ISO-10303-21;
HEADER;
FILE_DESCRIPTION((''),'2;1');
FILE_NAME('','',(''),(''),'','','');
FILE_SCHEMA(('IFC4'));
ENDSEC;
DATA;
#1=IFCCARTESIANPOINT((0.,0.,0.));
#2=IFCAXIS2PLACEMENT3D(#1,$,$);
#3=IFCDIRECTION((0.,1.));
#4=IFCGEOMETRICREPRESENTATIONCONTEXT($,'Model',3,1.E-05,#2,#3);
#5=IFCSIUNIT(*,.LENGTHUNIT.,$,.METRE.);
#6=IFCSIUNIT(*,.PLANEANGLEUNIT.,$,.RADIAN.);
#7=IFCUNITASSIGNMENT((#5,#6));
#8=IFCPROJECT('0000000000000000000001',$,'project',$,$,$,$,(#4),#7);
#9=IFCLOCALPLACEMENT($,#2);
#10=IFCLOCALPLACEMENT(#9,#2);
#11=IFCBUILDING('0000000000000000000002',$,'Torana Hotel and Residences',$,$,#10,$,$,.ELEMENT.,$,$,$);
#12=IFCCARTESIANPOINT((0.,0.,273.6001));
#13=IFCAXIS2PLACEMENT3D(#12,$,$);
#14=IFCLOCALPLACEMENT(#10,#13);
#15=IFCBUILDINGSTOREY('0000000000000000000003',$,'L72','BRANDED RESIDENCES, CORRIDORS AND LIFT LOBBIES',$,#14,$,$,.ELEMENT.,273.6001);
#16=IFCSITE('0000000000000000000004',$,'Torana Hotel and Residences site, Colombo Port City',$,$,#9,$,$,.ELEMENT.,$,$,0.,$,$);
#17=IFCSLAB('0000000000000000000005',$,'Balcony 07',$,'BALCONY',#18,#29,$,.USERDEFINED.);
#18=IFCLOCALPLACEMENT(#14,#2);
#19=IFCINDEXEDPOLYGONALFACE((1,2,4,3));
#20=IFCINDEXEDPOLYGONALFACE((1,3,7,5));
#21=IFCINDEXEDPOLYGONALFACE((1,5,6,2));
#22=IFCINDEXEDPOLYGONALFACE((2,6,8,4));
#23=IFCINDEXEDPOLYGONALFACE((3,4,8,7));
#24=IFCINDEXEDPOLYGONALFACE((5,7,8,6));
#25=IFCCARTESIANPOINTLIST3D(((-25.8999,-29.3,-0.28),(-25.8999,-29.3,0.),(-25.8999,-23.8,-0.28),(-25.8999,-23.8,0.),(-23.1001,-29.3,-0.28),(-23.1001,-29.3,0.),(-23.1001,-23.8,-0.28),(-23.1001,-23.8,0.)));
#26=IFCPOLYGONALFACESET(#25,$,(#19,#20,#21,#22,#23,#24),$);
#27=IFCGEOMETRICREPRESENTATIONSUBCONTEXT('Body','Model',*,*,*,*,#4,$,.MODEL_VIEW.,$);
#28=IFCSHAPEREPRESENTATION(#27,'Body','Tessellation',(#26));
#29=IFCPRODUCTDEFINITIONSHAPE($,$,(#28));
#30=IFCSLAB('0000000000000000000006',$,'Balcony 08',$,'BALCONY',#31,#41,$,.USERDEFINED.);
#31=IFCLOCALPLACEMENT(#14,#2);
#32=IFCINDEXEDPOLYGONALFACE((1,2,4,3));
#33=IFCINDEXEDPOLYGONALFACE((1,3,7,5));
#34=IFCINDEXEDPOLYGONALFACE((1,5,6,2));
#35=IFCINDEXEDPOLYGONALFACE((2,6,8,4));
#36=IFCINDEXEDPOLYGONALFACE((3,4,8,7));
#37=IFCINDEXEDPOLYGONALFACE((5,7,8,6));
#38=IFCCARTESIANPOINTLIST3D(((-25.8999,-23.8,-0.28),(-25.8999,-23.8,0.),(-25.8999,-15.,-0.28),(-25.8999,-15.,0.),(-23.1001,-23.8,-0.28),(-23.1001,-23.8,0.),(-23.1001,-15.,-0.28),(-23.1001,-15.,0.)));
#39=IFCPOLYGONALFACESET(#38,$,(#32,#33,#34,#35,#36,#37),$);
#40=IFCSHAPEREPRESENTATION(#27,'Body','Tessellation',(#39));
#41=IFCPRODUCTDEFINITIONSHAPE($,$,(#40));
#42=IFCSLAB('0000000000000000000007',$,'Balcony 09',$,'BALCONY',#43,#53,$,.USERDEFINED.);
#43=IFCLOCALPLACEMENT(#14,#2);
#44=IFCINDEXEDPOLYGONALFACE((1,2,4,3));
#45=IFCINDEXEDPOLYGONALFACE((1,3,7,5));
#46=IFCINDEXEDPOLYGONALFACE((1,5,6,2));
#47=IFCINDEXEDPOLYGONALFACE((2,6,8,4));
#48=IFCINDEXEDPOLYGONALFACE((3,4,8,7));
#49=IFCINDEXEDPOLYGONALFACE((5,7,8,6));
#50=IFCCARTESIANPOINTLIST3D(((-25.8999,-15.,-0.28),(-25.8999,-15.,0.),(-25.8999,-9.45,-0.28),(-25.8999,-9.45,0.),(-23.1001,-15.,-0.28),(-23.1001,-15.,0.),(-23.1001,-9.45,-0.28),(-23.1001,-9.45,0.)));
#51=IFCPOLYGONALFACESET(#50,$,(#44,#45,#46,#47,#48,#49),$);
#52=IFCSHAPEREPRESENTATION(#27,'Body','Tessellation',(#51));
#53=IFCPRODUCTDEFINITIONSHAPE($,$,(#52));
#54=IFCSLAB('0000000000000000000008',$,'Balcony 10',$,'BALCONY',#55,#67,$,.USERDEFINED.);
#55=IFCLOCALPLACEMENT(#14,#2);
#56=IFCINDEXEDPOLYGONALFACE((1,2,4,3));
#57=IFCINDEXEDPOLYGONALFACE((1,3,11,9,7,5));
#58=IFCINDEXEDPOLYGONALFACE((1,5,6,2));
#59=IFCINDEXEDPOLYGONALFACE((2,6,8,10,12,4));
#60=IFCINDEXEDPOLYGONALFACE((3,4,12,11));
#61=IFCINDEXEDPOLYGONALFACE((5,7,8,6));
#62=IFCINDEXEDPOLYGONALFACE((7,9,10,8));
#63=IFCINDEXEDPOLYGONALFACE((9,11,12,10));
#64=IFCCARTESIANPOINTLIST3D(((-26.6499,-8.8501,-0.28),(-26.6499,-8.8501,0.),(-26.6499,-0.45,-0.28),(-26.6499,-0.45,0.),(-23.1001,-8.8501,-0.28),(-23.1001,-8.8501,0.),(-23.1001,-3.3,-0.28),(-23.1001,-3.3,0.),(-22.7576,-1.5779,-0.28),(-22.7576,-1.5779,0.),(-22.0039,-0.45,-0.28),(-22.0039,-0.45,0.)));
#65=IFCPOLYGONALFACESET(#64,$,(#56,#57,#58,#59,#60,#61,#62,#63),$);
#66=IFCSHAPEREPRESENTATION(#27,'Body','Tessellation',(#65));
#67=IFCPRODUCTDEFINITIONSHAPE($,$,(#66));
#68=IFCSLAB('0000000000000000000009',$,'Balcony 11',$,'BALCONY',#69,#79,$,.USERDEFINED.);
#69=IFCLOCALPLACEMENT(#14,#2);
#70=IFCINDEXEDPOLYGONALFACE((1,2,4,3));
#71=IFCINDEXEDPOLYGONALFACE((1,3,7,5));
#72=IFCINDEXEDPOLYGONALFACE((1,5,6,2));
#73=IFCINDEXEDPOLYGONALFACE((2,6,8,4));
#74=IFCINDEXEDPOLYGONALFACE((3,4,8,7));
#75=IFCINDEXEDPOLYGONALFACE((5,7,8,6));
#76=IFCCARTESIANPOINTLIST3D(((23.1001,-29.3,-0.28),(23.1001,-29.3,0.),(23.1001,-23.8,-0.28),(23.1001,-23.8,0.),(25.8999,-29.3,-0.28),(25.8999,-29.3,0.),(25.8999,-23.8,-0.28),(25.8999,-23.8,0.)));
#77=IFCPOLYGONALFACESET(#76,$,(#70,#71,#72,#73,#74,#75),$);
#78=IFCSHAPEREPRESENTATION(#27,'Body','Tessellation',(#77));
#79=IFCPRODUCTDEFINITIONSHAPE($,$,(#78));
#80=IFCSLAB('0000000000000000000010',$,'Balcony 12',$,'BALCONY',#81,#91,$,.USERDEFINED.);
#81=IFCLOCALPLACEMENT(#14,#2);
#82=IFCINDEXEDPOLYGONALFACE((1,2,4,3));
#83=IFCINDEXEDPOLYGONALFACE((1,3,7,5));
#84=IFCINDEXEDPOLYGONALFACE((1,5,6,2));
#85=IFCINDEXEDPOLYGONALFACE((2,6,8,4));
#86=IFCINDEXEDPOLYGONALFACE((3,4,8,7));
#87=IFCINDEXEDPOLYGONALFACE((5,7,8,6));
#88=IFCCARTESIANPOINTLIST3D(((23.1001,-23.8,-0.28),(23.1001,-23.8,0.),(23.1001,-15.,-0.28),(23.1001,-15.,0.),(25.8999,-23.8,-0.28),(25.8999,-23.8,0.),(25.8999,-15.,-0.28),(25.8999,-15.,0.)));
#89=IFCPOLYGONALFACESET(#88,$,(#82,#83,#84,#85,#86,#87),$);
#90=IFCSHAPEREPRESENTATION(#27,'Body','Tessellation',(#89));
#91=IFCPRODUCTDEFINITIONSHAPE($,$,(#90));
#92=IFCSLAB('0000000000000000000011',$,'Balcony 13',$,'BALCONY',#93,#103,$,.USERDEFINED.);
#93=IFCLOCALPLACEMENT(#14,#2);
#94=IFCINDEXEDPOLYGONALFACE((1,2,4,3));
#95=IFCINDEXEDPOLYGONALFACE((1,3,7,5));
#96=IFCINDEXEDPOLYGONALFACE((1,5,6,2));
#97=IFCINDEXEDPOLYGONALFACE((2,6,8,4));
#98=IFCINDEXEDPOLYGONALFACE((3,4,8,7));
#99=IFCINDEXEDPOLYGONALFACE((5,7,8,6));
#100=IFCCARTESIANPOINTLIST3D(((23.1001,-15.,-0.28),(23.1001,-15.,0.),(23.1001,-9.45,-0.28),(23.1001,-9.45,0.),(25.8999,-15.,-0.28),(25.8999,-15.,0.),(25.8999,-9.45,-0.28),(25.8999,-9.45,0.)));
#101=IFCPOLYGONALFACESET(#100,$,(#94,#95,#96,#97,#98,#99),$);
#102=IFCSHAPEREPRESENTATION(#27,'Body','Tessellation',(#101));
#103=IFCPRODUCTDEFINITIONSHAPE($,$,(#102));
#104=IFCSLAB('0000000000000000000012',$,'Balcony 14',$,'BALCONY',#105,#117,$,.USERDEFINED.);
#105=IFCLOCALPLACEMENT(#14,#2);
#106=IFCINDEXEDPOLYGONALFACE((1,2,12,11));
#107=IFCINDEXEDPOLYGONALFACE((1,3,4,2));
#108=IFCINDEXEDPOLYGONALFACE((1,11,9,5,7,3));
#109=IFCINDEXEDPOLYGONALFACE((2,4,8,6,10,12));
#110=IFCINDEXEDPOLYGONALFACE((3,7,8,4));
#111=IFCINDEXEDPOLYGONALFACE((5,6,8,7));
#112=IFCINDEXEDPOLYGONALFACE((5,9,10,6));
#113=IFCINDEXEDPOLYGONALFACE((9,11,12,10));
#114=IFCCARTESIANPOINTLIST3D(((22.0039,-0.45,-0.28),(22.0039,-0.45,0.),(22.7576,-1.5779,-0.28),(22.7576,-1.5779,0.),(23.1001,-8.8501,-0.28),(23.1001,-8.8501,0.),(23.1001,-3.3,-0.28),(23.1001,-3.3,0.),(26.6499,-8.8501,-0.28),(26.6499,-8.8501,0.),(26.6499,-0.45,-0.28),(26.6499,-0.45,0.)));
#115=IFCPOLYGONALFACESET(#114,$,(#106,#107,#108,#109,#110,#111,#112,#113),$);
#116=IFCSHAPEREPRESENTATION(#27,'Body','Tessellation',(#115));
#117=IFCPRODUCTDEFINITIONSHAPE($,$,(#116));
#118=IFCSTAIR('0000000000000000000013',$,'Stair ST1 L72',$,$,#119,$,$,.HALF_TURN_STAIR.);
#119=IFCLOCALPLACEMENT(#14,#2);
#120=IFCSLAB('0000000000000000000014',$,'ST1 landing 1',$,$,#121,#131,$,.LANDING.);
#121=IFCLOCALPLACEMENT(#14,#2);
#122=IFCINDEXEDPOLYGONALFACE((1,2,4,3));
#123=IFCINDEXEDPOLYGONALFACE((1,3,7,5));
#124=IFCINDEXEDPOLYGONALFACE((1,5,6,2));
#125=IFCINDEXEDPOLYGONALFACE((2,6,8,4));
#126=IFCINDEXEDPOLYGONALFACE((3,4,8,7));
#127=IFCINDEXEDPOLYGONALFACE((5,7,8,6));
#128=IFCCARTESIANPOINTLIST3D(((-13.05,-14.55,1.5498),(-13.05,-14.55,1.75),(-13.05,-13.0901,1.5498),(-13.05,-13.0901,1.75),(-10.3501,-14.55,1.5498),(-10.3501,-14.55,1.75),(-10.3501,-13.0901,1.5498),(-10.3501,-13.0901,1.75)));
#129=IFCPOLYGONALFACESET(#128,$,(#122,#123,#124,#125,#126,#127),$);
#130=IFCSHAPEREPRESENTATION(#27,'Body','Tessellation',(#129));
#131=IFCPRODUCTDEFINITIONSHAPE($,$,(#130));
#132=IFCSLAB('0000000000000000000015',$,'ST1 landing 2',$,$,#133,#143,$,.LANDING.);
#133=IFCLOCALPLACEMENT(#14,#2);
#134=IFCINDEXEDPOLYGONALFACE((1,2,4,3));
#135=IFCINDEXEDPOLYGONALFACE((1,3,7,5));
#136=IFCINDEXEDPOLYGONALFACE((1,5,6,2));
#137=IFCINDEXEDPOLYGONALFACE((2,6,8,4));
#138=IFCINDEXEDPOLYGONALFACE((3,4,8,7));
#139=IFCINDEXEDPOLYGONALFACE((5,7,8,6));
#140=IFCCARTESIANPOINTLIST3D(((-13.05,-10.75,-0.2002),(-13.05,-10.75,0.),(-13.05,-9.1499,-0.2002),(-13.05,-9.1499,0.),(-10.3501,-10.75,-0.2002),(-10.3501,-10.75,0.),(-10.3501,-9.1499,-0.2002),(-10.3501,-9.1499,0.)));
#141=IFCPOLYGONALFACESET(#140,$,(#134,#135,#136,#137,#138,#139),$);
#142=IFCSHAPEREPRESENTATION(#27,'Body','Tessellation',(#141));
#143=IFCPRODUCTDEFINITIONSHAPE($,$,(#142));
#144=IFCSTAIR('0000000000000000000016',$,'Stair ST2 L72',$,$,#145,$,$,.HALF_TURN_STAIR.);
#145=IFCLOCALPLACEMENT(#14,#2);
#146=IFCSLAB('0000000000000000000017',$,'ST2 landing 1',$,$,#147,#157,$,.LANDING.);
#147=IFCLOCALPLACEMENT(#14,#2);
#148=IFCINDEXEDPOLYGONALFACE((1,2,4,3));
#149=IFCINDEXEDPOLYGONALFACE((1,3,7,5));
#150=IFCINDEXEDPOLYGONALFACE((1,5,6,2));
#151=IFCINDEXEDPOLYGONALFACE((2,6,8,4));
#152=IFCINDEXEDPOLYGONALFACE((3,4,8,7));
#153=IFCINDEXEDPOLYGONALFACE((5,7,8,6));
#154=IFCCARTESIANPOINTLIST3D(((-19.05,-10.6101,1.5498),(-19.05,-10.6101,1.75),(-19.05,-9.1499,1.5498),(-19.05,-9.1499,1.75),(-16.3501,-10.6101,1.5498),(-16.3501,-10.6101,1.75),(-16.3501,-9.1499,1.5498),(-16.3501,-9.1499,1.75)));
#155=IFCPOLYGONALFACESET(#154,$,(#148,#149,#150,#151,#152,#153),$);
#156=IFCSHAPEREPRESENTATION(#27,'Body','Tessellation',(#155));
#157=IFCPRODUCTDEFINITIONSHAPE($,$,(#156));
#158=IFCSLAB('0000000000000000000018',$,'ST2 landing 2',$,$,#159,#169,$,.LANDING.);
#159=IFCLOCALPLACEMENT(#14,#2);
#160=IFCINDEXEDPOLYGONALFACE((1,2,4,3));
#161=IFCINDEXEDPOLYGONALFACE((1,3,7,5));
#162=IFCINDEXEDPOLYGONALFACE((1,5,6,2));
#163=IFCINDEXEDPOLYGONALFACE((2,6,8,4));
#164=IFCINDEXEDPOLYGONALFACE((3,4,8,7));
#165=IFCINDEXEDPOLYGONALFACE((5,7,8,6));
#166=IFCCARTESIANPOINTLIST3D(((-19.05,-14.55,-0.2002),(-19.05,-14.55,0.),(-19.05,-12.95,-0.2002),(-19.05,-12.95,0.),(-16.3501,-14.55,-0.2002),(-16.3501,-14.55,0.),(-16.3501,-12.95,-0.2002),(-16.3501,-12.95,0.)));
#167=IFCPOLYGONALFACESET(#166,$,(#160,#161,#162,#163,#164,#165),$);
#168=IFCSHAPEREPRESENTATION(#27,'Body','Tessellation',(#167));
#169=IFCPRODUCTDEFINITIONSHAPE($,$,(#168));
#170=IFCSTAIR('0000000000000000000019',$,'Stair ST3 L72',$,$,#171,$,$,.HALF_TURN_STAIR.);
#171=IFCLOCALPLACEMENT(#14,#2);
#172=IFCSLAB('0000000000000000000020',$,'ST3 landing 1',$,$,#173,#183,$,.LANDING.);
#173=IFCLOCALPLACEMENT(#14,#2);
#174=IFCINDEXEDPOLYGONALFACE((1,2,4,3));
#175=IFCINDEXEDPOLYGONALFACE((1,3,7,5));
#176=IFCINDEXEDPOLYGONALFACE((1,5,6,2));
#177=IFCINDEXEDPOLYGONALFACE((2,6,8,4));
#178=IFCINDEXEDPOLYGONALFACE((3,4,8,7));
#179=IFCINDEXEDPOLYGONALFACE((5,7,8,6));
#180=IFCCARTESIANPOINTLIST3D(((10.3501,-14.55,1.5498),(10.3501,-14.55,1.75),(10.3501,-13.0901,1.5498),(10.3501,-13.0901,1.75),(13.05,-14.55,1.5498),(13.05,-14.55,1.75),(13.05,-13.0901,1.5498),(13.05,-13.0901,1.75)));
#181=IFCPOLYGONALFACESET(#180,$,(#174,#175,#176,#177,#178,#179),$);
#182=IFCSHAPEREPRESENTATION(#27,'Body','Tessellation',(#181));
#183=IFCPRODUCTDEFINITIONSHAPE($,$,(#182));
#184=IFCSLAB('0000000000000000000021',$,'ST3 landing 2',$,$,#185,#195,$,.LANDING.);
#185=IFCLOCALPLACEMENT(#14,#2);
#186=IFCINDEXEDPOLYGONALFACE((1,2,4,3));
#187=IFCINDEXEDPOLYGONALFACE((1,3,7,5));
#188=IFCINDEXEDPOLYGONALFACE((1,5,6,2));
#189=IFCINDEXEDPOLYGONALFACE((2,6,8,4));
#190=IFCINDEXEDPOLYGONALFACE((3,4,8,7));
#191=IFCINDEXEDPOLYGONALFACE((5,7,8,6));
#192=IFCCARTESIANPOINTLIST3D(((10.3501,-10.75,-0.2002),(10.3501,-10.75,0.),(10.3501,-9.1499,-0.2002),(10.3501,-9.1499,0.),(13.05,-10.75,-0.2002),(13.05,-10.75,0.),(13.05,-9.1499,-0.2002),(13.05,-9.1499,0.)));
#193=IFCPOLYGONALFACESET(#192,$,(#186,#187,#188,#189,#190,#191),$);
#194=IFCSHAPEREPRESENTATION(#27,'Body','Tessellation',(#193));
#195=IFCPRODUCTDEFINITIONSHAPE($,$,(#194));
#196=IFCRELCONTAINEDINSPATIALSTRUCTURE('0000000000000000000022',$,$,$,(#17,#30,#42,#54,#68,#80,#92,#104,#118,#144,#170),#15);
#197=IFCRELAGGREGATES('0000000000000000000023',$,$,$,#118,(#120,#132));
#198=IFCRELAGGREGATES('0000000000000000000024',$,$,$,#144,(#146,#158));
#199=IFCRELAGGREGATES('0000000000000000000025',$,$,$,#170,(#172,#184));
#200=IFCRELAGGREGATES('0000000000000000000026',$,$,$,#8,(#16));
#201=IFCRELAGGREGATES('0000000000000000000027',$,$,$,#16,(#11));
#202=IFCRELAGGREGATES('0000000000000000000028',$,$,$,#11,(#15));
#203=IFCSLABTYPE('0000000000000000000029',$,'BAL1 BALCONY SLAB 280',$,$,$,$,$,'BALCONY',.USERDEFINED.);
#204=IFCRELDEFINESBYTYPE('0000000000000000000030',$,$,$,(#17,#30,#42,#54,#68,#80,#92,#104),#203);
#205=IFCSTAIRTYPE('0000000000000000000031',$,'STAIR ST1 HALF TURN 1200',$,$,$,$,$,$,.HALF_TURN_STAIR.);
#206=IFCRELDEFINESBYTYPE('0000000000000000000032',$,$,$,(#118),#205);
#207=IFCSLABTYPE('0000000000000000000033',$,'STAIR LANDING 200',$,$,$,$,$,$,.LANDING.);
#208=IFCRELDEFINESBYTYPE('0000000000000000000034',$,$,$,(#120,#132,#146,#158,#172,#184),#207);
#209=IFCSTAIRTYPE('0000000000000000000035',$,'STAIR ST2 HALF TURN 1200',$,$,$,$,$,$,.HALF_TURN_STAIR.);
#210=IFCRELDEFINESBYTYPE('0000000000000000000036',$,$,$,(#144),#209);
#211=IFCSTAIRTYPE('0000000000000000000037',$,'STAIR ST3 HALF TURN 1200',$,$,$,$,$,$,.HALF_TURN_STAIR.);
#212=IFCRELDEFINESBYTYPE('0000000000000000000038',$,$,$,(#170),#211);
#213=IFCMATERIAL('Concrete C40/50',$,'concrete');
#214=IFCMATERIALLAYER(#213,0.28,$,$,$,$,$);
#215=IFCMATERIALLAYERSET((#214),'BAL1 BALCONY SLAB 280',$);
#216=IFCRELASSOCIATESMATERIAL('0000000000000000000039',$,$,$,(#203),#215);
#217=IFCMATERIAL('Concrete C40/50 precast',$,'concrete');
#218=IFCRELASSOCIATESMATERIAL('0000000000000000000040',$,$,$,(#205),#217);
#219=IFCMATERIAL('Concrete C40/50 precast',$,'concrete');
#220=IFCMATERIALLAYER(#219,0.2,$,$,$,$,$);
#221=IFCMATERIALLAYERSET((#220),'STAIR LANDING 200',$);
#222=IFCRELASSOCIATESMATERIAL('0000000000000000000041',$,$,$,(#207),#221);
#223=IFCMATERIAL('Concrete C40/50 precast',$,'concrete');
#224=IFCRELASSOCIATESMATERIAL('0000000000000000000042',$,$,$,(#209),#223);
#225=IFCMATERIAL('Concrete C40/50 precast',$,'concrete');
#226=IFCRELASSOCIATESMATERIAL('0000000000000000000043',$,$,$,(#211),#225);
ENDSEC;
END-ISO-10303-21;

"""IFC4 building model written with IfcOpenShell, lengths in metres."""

from ifc_helpers import new_model, si_unit, direction, frame, origin, place, context, subcontext, project, spatial, polyline, outline, extrude, material, layer, layer_set, type_object, element, aggregate, save


model = new_model("IFC4")

# Units and contexts
model_context = context("Model", 3, precision=1e-05, world=origin(), true_north=direction((0.0, 1.0)))
body_context = subcontext(model_context, "Body", "Model", "MODEL_VIEW")
ifc_project = project(units=[si_unit("LENGTHUNIT", "METRE"), si_unit("PLANEANGLEUNIT", "RADIAN")], contexts=[model_context])

# Site, building, storey
site_placement = place(None, origin())
site = spatial("IfcSite", under=ifc_project, at=site_placement, Name="Torana Hotel and Residences site, Colombo Port City", CompositionType="ELEMENT", RefElevation=0.0)
building_placement = place(site_placement, origin())
building = spatial("IfcBuilding", under=site, at=building_placement, Name="Torana Hotel and Residences", CompositionType="ELEMENT")
storey_placement = place(building_placement, frame((0.0, 0.0, 273.6001)))
storey = spatial("IfcBuildingStorey", under=building, at=storey_placement, Name="L72", Description="BRANDED RESIDENCES, CORRIDORS AND LIFT LOBBIES", CompositionType="ELEMENT", Elevation=273.6001)

# Slabs
ifc_material_1 = material(Name="Concrete C40/50", Category="concrete")
ifc_layer_1 = layer(ifc_material_1, 0.28)
ifc_layer_set_1 = layer_set([ifc_layer_1], Name="BAL1 BALCONY SLAB 280")
slab_type_1 = type_object("IfcSlabType", Name="BAL1 BALCONY SLAB 280", ElementType="BALCONY", PredefinedType="USERDEFINED", material=ifc_layer_set_1)
slab_1_placement = place(storey_placement, frame((0.0, 0.0, -0.28)))
element("IfcSlab", 1, at=slab_1_placement, inside=storey, type_object=slab_type_1, Name="Balcony 07", ObjectType="BALCONY", PredefinedType="USERDEFINED", context=body_context, shape_type="SweptSolid", body=[
    extrude(outline(polyline([(-25.8999, -29.3), (-23.1001, -29.3), (-23.1001, -23.8), (-25.8999, -23.8), (-25.8999, -29.3)])), origin(), (0.0, 0.0, 1.0), 0.28),
])
slab_2_placement = place(storey_placement, frame((0.0, 0.0, -0.28)))
element("IfcSlab", 2, at=slab_2_placement, inside=storey, type_object=slab_type_1, Name="Balcony 08", ObjectType="BALCONY", PredefinedType="USERDEFINED", context=body_context, shape_type="SweptSolid", body=[
    extrude(outline(polyline([(-25.8999, -23.8), (-23.1001, -23.8), (-23.1001, -15.0), (-25.8999, -15.0), (-25.8999, -23.8)])), origin(), (0.0, 0.0, 1.0), 0.28),
])
slab_3_placement = place(storey_placement, frame((0.0, 0.0, -0.28)))
element("IfcSlab", 3, at=slab_3_placement, inside=storey, type_object=slab_type_1, Name="Balcony 09", ObjectType="BALCONY", PredefinedType="USERDEFINED", context=body_context, shape_type="SweptSolid", body=[
    extrude(outline(polyline([(-25.8999, -15.0), (-23.1001, -15.0), (-23.1001, -9.45), (-25.8999, -9.45), (-25.8999, -15.0)])), origin(), (0.0, 0.0, 1.0), 0.28),
])
slab_4_placement = place(storey_placement, frame((0.0, 0.0, -0.28)))
element("IfcSlab", 4, at=slab_4_placement, inside=storey, type_object=slab_type_1, Name="Balcony 10", ObjectType="BALCONY", PredefinedType="USERDEFINED", context=body_context, shape_type="SweptSolid", body=[
    extrude(outline(polyline([(-26.6499, -8.8501), (-23.1001, -8.8501), (-23.1001, -3.3), (-22.7576, -1.5779), (-22.0039, -0.45), (-26.6499, -0.45), (-26.6499, -8.8501)])), origin(), (0.0, 0.0, 1.0), 0.28),
])
slab_5_placement = place(storey_placement, frame((0.0, 0.0, -0.28)))
element("IfcSlab", 5, at=slab_5_placement, inside=storey, type_object=slab_type_1, Name="Balcony 11", ObjectType="BALCONY", PredefinedType="USERDEFINED", context=body_context, shape_type="SweptSolid", body=[
    extrude(outline(polyline([(23.1001, -29.3), (25.8999, -29.3), (25.8999, -23.8), (23.1001, -23.8), (23.1001, -29.3)])), origin(), (0.0, 0.0, 1.0), 0.28),
])
slab_6_placement = place(storey_placement, frame((0.0, 0.0, -0.28)))
element("IfcSlab", 6, at=slab_6_placement, inside=storey, type_object=slab_type_1, Name="Balcony 12", ObjectType="BALCONY", PredefinedType="USERDEFINED", context=body_context, shape_type="SweptSolid", body=[
    extrude(outline(polyline([(23.1001, -23.8), (25.8999, -23.8), (25.8999, -15.0), (23.1001, -15.0), (23.1001, -23.8)])), origin(), (0.0, 0.0, 1.0), 0.28),
])
slab_7_placement = place(storey_placement, frame((0.0, 0.0, -0.28)))
element("IfcSlab", 7, at=slab_7_placement, inside=storey, type_object=slab_type_1, Name="Balcony 13", ObjectType="BALCONY", PredefinedType="USERDEFINED", context=body_context, shape_type="SweptSolid", body=[
    extrude(outline(polyline([(23.1001, -15.0), (25.8999, -15.0), (25.8999, -9.45), (23.1001, -9.45), (23.1001, -15.0)])), origin(), (0.0, 0.0, 1.0), 0.28),
])
slab_8_placement = place(storey_placement, frame((0.0, 0.0, -0.28)))
element("IfcSlab", 8, at=slab_8_placement, inside=storey, type_object=slab_type_1, Name="Balcony 14", ObjectType="BALCONY", PredefinedType="USERDEFINED", context=body_context, shape_type="SweptSolid", body=[
    extrude(outline(polyline([(23.1001, -8.8501), (26.6499, -8.8501), (26.6499, -0.45), (22.0039, -0.45), (22.7576, -1.5779), (23.1001, -3.3), (23.1001, -8.8501)])), origin(), (0.0, 0.0, 1.0), 0.28),
])

# Stairs, slabs
ifc_material_2 = material(Name="Concrete C40/50 precast", Category="concrete")
stair_type_1 = type_object("IfcStairType", Name="STAIR ST1 HALF TURN 1200", PredefinedType="HALF_TURN_STAIR", material=ifc_material_2)
stair_1_placement = place(storey_placement, origin())
stair_1 = element("IfcStair", 9, at=stair_1_placement, inside=storey, type_object=stair_type_1, Name="Stair ST1 L72", PredefinedType="HALF_TURN_STAIR")
ifc_material_3 = material(Name="Concrete C40/50 precast", Category="concrete")
ifc_layer_2 = layer(ifc_material_3, 0.2)
ifc_layer_set_2 = layer_set([ifc_layer_2], Name="STAIR LANDING 200")
slab_type_2 = type_object("IfcSlabType", Name="STAIR LANDING 200", PredefinedType="LANDING", material=ifc_layer_set_2)
slab_9_placement = place(storey_placement, frame((0.0, 0.0, 1.5498)))
slab_9 = element("IfcSlab", 10, at=slab_9_placement, type_object=slab_type_2, Name="ST1 landing 1", PredefinedType="LANDING", context=body_context, shape_type="SweptSolid", body=[
    extrude(outline(polyline([(-13.05, -14.55), (-10.3501, -14.55), (-10.3501, -13.0901), (-13.05, -13.0901), (-13.05, -14.55)])), origin(), (0.0, 0.0, 1.0), 0.2002),
])
slab_10_placement = place(storey_placement, frame((0.0, 0.0, -0.2002)))
slab_10 = element("IfcSlab", 11, at=slab_10_placement, type_object=slab_type_2, Name="ST1 landing 2", PredefinedType="LANDING", context=body_context, shape_type="SweptSolid", body=[
    extrude(outline(polyline([(-13.05, -10.75), (-10.3501, -10.75), (-10.3501, -9.1499), (-13.05, -9.1499), (-13.05, -10.75)])), origin(), (0.0, 0.0, 1.0), 0.2002),
])
aggregate(stair_1, [slab_9, slab_10])
ifc_material_4 = material(Name="Concrete C40/50 precast", Category="concrete")
stair_type_2 = type_object("IfcStairType", Name="STAIR ST2 HALF TURN 1200", PredefinedType="HALF_TURN_STAIR", material=ifc_material_4)
stair_2_placement = place(storey_placement, origin())
stair_2 = element("IfcStair", 12, at=stair_2_placement, inside=storey, type_object=stair_type_2, Name="Stair ST2 L72", PredefinedType="HALF_TURN_STAIR")
slab_11_placement = place(storey_placement, frame((0.0, 0.0, 1.5498)))
slab_11 = element("IfcSlab", 13, at=slab_11_placement, type_object=slab_type_2, Name="ST2 landing 1", PredefinedType="LANDING", context=body_context, shape_type="SweptSolid", body=[
    extrude(outline(polyline([(-19.05, -10.6101), (-16.3501, -10.6101), (-16.3501, -9.1499), (-19.05, -9.1499), (-19.05, -10.6101)])), origin(), (0.0, 0.0, 1.0), 0.2002),
])
slab_12_placement = place(storey_placement, frame((0.0, 0.0, -0.2002)))
slab_12 = element("IfcSlab", 14, at=slab_12_placement, type_object=slab_type_2, Name="ST2 landing 2", PredefinedType="LANDING", context=body_context, shape_type="SweptSolid", body=[
    extrude(outline(polyline([(-19.05, -14.55), (-16.3501, -14.55), (-16.3501, -12.95), (-19.05, -12.95), (-19.05, -14.55)])), origin(), (0.0, 0.0, 1.0), 0.2002),
])
aggregate(stair_2, [slab_11, slab_12])
ifc_material_5 = material(Name="Concrete C40/50 precast", Category="concrete")
stair_type_3 = type_object("IfcStairType", Name="STAIR ST3 HALF TURN 1200", PredefinedType="HALF_TURN_STAIR", material=ifc_material_5)
stair_3_placement = place(storey_placement, origin())
stair_3 = element("IfcStair", 15, at=stair_3_placement, inside=storey, type_object=stair_type_3, Name="Stair ST3 L72", PredefinedType="HALF_TURN_STAIR")
slab_13_placement = place(storey_placement, frame((0.0, 0.0, 1.5498)))
slab_13 = element("IfcSlab", 16, at=slab_13_placement, type_object=slab_type_2, Name="ST3 landing 1", PredefinedType="LANDING", context=body_context, shape_type="SweptSolid", body=[
    extrude(outline(polyline([(10.3501, -14.55), (13.05, -14.55), (13.05, -13.0901), (10.3501, -13.0901), (10.3501, -14.55)])), origin(), (0.0, 0.0, 1.0), 0.2002),
])
slab_14_placement = place(storey_placement, frame((0.0, 0.0, -0.2002)))
slab_14 = element("IfcSlab", 17, at=slab_14_placement, type_object=slab_type_2, Name="ST3 landing 2", PredefinedType="LANDING", context=body_context, shape_type="SweptSolid", body=[
    extrude(outline(polyline([(10.3501, -10.75), (13.05, -10.75), (13.05, -9.1499), (10.3501, -9.1499), (10.3501, -10.75)])), origin(), (0.0, 0.0, 1.0), 0.2002),
])

aggregate(stair_3, [slab_13, slab_14])

save(model, "model.ifc")
